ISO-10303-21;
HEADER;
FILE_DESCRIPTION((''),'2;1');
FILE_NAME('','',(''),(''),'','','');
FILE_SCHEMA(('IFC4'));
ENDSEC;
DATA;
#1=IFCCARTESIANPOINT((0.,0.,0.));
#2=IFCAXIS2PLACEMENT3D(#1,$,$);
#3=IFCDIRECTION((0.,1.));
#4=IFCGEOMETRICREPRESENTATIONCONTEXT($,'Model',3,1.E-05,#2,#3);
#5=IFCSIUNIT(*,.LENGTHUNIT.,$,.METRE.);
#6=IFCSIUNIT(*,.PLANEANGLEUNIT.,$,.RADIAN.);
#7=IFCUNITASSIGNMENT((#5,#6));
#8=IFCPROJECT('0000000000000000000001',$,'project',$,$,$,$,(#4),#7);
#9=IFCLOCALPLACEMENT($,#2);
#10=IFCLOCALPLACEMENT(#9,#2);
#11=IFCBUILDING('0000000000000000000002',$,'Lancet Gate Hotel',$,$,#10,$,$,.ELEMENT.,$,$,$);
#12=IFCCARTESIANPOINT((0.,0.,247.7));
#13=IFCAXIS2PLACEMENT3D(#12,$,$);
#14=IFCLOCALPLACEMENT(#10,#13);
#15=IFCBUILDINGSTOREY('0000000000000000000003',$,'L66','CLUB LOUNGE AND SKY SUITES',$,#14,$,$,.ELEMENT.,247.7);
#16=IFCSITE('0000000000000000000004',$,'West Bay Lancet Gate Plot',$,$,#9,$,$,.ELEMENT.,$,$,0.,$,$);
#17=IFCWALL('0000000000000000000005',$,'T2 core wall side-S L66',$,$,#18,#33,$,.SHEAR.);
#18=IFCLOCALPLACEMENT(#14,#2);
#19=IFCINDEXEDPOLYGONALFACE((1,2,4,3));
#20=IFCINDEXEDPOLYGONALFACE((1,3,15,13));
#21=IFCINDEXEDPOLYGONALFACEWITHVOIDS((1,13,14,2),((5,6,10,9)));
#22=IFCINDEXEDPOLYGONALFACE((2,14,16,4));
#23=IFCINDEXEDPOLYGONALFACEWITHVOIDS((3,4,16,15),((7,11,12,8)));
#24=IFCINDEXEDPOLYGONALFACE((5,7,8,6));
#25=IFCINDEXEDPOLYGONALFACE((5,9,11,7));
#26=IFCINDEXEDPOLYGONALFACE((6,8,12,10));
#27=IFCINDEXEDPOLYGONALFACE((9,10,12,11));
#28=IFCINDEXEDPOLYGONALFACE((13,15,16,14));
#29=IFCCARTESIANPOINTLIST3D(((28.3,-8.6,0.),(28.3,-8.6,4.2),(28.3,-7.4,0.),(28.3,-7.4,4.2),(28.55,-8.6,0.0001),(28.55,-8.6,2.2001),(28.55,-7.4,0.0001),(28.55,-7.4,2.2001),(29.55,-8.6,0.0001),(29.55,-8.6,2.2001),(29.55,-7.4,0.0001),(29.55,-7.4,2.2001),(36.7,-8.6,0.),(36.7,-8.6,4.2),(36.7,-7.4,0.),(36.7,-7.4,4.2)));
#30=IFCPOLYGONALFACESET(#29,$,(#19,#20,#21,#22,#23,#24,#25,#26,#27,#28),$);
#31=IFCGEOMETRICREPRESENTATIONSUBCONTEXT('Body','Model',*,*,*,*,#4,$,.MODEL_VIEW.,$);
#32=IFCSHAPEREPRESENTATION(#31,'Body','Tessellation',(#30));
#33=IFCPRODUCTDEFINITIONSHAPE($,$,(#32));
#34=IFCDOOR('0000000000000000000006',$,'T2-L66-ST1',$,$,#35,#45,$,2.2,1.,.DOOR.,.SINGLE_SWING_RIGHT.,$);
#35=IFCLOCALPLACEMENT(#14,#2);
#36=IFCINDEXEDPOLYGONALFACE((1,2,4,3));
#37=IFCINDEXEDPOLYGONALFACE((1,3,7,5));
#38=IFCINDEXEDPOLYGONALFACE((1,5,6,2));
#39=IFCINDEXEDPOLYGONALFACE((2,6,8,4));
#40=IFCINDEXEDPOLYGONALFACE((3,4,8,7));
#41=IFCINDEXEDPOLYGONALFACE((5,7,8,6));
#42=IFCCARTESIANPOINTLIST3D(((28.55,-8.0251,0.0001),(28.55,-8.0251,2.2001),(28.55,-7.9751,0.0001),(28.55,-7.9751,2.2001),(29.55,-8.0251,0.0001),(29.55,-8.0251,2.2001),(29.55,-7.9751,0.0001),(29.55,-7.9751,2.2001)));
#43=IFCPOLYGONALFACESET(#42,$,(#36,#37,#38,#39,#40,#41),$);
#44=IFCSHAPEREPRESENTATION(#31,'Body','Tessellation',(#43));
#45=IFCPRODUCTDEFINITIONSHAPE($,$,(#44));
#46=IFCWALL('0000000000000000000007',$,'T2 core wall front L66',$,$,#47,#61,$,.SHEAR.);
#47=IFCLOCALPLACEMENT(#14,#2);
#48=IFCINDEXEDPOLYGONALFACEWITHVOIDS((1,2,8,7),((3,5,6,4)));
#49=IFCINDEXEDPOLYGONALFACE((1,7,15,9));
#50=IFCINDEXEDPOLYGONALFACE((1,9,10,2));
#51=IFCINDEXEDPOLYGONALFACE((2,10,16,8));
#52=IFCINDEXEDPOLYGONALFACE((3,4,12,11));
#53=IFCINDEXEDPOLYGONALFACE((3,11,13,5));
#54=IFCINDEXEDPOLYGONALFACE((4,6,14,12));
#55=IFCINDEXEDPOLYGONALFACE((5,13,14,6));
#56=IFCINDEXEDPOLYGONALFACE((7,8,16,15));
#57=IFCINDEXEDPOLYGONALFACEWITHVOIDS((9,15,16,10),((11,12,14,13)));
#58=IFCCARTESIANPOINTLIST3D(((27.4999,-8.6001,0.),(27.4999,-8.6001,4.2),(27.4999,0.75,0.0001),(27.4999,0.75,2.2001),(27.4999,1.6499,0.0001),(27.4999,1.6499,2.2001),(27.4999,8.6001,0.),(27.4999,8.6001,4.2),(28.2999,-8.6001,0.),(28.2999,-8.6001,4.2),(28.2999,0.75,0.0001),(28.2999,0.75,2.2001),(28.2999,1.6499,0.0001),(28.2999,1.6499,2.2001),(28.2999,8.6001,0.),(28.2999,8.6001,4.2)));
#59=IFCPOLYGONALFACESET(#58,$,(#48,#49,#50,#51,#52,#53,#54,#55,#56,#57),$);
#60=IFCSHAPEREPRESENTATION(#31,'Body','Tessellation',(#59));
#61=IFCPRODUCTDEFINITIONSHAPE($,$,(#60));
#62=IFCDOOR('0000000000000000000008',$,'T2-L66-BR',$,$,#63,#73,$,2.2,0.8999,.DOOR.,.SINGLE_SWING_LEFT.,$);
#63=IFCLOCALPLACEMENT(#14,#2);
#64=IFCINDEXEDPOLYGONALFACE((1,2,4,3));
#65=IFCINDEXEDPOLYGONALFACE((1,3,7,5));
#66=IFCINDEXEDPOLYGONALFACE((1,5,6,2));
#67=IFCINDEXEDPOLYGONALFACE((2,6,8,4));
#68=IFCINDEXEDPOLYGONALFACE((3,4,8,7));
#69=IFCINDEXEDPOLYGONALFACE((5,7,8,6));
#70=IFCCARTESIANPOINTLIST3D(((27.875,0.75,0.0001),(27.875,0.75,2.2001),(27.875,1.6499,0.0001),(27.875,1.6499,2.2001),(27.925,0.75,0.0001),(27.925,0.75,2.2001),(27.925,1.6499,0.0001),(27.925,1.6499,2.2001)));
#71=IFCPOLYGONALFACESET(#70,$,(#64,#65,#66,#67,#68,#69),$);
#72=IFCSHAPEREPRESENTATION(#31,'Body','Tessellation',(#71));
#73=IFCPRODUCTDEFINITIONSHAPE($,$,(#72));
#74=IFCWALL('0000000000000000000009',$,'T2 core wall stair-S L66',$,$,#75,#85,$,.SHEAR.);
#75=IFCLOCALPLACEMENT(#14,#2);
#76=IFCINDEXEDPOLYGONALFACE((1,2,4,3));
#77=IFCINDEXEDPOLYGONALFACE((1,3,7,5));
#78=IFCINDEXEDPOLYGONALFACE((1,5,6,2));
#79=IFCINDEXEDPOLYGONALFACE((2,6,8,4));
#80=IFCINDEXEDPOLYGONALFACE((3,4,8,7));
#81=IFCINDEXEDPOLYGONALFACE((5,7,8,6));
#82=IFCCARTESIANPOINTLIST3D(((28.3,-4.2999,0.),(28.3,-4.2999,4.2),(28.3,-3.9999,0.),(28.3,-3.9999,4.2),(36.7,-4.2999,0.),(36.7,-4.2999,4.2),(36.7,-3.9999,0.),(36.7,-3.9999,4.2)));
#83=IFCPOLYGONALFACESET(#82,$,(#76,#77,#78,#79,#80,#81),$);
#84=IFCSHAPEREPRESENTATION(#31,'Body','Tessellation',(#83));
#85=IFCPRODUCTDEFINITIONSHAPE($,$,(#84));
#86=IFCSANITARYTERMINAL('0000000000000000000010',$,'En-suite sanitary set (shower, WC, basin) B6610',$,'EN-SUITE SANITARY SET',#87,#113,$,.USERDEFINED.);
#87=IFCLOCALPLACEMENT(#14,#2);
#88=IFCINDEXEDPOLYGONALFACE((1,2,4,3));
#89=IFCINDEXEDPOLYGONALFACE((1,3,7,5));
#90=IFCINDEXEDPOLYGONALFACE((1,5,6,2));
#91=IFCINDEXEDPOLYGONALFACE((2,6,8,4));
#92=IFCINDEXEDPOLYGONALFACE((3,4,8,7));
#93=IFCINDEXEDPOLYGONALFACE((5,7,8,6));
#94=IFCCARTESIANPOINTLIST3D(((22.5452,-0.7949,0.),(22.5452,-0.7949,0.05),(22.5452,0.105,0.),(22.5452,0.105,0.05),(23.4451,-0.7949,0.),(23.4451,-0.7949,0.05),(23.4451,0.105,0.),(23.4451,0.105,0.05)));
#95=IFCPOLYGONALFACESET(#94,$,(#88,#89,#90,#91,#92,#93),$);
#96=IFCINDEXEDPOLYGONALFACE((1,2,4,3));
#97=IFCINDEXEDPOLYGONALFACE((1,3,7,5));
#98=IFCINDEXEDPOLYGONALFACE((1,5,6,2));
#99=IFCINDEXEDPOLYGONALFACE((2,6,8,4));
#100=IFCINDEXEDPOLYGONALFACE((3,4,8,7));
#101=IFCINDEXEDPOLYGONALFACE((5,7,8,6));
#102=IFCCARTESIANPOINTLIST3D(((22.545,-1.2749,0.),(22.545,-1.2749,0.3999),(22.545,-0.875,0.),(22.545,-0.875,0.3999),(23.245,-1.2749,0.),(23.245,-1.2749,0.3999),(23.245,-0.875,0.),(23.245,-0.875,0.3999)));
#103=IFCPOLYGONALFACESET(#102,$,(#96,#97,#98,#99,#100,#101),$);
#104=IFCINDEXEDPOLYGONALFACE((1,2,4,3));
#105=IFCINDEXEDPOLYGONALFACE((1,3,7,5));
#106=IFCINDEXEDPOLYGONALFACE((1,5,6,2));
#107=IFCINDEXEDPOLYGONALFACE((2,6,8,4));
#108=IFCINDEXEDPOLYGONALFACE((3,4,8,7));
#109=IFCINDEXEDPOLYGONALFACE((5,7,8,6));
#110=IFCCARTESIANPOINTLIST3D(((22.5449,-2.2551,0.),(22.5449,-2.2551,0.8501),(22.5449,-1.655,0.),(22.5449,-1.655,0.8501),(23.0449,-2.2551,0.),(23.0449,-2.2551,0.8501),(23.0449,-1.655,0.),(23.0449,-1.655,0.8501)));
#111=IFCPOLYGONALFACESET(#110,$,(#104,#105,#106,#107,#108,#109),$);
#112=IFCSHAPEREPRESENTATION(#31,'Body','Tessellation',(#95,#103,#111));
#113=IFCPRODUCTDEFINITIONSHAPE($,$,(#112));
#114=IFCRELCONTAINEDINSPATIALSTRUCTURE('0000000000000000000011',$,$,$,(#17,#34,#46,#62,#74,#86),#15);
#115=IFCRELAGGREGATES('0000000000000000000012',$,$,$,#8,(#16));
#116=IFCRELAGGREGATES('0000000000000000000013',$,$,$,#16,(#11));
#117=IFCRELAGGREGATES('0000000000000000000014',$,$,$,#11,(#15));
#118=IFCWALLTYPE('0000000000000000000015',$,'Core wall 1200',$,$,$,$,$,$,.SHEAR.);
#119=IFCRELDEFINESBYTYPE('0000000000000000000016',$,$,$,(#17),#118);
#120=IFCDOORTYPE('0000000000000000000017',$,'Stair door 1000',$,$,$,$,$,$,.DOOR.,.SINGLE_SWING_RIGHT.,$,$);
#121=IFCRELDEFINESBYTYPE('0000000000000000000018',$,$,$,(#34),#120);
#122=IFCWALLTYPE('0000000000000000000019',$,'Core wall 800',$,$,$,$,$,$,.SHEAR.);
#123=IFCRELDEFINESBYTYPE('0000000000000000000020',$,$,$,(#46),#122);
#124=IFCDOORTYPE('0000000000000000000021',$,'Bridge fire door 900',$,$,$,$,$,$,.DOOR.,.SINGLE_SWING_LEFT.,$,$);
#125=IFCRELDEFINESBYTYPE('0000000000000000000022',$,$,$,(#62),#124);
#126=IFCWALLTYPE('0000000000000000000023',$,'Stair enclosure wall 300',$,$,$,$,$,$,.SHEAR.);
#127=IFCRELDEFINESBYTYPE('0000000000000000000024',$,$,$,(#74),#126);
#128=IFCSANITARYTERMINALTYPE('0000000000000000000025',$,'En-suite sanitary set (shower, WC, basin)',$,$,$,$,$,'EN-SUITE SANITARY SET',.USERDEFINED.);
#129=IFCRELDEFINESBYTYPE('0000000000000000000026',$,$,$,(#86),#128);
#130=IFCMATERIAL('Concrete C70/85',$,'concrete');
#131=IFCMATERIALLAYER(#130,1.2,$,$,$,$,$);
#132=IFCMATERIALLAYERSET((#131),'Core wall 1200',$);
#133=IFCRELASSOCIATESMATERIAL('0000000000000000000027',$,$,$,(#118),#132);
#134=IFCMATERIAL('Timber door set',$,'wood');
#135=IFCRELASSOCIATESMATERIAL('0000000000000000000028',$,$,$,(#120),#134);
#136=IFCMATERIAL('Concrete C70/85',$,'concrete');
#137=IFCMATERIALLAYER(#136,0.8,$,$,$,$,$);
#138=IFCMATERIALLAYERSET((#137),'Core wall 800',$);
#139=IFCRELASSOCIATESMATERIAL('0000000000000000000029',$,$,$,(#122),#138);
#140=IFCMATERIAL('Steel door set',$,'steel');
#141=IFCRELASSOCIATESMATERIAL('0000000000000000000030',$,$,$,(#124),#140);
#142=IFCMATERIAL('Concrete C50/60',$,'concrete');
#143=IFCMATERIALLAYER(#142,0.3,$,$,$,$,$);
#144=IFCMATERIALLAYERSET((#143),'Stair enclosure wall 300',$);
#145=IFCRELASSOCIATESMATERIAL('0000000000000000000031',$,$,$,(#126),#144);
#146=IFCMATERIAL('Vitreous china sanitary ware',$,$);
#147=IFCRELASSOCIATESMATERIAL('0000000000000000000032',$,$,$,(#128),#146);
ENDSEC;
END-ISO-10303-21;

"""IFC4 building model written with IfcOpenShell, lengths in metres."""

from ifc_helpers import new_model, si_unit, direction, frame, frame_2d, origin, origin_2d, place, context, subcontext, project, spatial, rectangle, extrude, material, layer, layer_set, type_object, element, fill, save


model = new_model("IFC4")

# Units and contexts
model_context = context("Model", 3, precision=1e-05, world=origin(), true_north=direction((0.0, 1.0)))
body_context = subcontext(model_context, "Body", "Model", "MODEL_VIEW")
ifc_project = project(units=[si_unit("LENGTHUNIT", "METRE"), si_unit("PLANEANGLEUNIT", "RADIAN")], contexts=[model_context])

# Site, building, storey
site_placement = place(None, origin())
site = spatial("IfcSite", under=ifc_project, at=site_placement, Name="West Bay Lancet Gate Plot", CompositionType="ELEMENT", RefElevation=0.0)
building_placement = place(site_placement, origin())
building = spatial("IfcBuilding", under=site, at=building_placement, Name="Lancet Gate Hotel", CompositionType="ELEMENT")
storey_placement = place(building_placement, frame((0.0, 0.0, 247.7)))
storey = spatial("IfcBuildingStorey", under=building, at=storey_placement, Name="L66", Description="CLUB LOUNGE AND SKY SUITES", CompositionType="ELEMENT", Elevation=247.7)

# Walls, openings, doors
ifc_material_1 = material(Name="Concrete C70/85", Category="concrete")
ifc_layer_1 = layer(ifc_material_1, 1.2)
ifc_layer_set_1 = layer_set([ifc_layer_1], Name="Core wall 1200")
wall_type_1 = type_object("IfcWallType", Name="Core wall 1200", PredefinedType="SHEAR", material=ifc_layer_set_1)
wall_1_placement = place(storey_placement, frame((28.3, -8.0, 0.0), z_axis=(0.0, 0.0, 1.0), x_axis=(1.0, 0.0, 0.0)))
wall_1 = element("IfcWall", 1, at=wall_1_placement, inside=storey, type_object=wall_type_1, Name="T2 core wall side-S L66", PredefinedType="SHEAR", context=body_context, shape_type="SweptSolid", body=[
    extrude(rectangle(XDim=8.3999, YDim=1.2, at=frame_2d((4.2, 0.0))), origin(), (0.0, 0.0, 1.0), 4.2),
])
opening_1_placement = place(wall_1_placement, frame((0.25, 0.0, 0.0)))
opening_1 = element("IfcOpeningElement", 2, at=opening_1_placement, cuts=wall_1, PredefinedType="OPENING", context=body_context, shape_type="SweptSolid", body=[
    extrude(rectangle(XDim=1.0, YDim=2.2, at=frame_2d((0.5, 1.1001))), frame((0.0, 0.6099, 0.0), z_axis=(0.0, -1.0, 0.0), x_axis=(1.0, 0.0, 0.0)), (0.0, 0.0, 1.0), 1.22),
])
ifc_material_2 = material(Name="Timber door set", Category="wood")
door_type_1 = type_object("IfcDoorType", Name="Stair door 1000", OperationType="SINGLE_SWING_RIGHT", PredefinedType="DOOR", material=ifc_material_2)
door_1_placement = place(opening_1_placement, origin())
door_1 = element("IfcDoor", 3, at=door_1_placement, inside=storey, type_object=door_type_1, Name="T2-L66-ST1", OperationType="SINGLE_SWING_RIGHT", OverallHeight=2.2, OverallWidth=1.0, PredefinedType="DOOR", context=body_context, shape_type="SweptSolid", body=[
    extrude(rectangle(XDim=1.0, YDim=2.2, at=frame_2d((0.5, 1.1001))), frame((0.0, 0.0249, 0.0), z_axis=(0.0, -1.0, 0.0), x_axis=(1.0, 0.0, 0.0)), (0.0, 0.0, 1.0), 0.05),
])
fill(opening_1, door_1)
ifc_material_3 = material(Name="Concrete C70/85", Category="concrete")
ifc_layer_2 = layer(ifc_material_3, 0.8)
ifc_layer_set_2 = layer_set([ifc_layer_2], Name="Core wall 800")
wall_type_2 = type_object("IfcWallType", Name="Core wall 800", PredefinedType="SHEAR", material=ifc_layer_set_2)
wall_2_placement = place(storey_placement, frame((27.8999, -8.6001, 0.0), z_axis=(0.0, 0.0, 1.0), x_axis=(0.0, 1.0, 0.0)))
wall_2 = element("IfcWall", 4, at=wall_2_placement, inside=storey, type_object=wall_type_2, Name="T2 core wall front L66", PredefinedType="SHEAR", context=body_context, shape_type="SweptSolid", body=[
    extrude(rectangle(XDim=17.2002, YDim=0.8, at=frame_2d((8.6001, 0.0))), origin(), (0.0, 0.0, 1.0), 4.2),
])
opening_2_placement = place(wall_2_placement, frame((9.3501, 0.0, 0.0)))
opening_2 = element("IfcOpeningElement", 5, at=opening_2_placement, cuts=wall_2, PredefinedType="OPENING", context=body_context, shape_type="SweptSolid", body=[
    extrude(rectangle(XDim=0.8999, YDim=2.2, at=frame_2d((0.45, 1.1001))), frame((0.0, 0.4099, 0.0), z_axis=(0.0, -1.0, 0.0), x_axis=(1.0, 0.0, 0.0)), (0.0, 0.0, 1.0), 0.8201),
])
ifc_material_4 = material(Name="Steel door set", Category="steel")
door_type_2 = type_object("IfcDoorType", Name="Bridge fire door 900", OperationType="SINGLE_SWING_LEFT", PredefinedType="DOOR", material=ifc_material_4)
door_2_placement = place(opening_2_placement, origin())
door_2 = element("IfcDoor", 6, at=door_2_placement, inside=storey, type_object=door_type_2, Name="T2-L66-BR", OperationType="SINGLE_SWING_LEFT", OverallHeight=2.2, OverallWidth=0.8999, PredefinedType="DOOR", context=body_context, shape_type="SweptSolid", body=[
    extrude(rectangle(XDim=0.8999, YDim=2.2, at=frame_2d((0.45, 1.1001))), frame((0.0, 0.0249, 0.0), z_axis=(0.0, -1.0, 0.0), x_axis=(1.0, 0.0, 0.0)), (0.0, 0.0, 1.0), 0.05),
])
fill(opening_2, door_2)

# Wall
ifc_material_5 = material(Name="Concrete C50/60", Category="concrete")
ifc_layer_3 = layer(ifc_material_5, 0.3)
ifc_layer_set_3 = layer_set([ifc_layer_3], Name="Stair enclosure wall 300")
wall_type_3 = type_object("IfcWallType", Name="Stair enclosure wall 300", PredefinedType="SHEAR", material=ifc_layer_set_3)
wall_3_placement = place(storey_placement, frame((28.3, -4.1499, 0.0), z_axis=(0.0, 0.0, 1.0), x_axis=(1.0, 0.0, 0.0)))
element("IfcWall", 7, at=wall_3_placement, inside=storey, type_object=wall_type_3, Name="T2 core wall stair-S L66", PredefinedType="SHEAR", context=body_context, shape_type="SweptSolid", body=[
    extrude(rectangle(XDim=8.3999, YDim=0.3, at=frame_2d((4.2, 0.0))), origin(), (0.0, 0.0, 1.0), 4.2),
])

# Sanitary terminal
ifc_material_6 = material(Name="Vitreous china sanitary ware")
sanitary_terminal_type = type_object("IfcSanitaryTerminalType", Name="En-suite sanitary set (shower, WC, basin)", ElementType="EN-SUITE SANITARY SET", PredefinedType="USERDEFINED", material=ifc_material_6)
sanitary_terminal_placement = place(storey_placement, frame((22.9951, -0.345, 0.0), z_axis=(0.0, 0.0, 1.0), x_axis=(1.0, 0.0, 0.0)))
element("IfcSanitaryTerminal", 8, at=sanitary_terminal_placement, inside=storey, type_object=sanitary_terminal_type, Name="En-suite sanitary set (shower, WC, basin) B6610", ObjectType="EN-SUITE SANITARY SET", PredefinedType="USERDEFINED", context=body_context, shape_type="SweptSolid", body=[
    extrude(rectangle(XDim=0.8999, YDim=0.8999, at=origin_2d()), frame((0.0, 0.0, 0.0), z_axis=(0.0, 0.0, 1.0), x_axis=(0.0, 1.0, 0.0)), (0.0, 0.0, 1.0), 0.05),
    extrude(rectangle(XDim=0.3999, YDim=0.7, at=origin_2d()), frame((-0.1001, -0.73, 0.0), z_axis=(0.0, 0.0, 1.0), x_axis=(0.0, 1.0, 0.0)), (0.0, 0.0, 1.0), 0.3999),
    extrude(rectangle(XDim=0.6001, YDim=0.5, at=origin_2d()), frame((-0.2002, -1.6101, 0.0), z_axis=(0.0, 0.0, 1.0), x_axis=(0.0, 1.0, 0.0)), (0.0, 0.0, 1.0), 0.8501),
])

save(model, "model.ifc")
